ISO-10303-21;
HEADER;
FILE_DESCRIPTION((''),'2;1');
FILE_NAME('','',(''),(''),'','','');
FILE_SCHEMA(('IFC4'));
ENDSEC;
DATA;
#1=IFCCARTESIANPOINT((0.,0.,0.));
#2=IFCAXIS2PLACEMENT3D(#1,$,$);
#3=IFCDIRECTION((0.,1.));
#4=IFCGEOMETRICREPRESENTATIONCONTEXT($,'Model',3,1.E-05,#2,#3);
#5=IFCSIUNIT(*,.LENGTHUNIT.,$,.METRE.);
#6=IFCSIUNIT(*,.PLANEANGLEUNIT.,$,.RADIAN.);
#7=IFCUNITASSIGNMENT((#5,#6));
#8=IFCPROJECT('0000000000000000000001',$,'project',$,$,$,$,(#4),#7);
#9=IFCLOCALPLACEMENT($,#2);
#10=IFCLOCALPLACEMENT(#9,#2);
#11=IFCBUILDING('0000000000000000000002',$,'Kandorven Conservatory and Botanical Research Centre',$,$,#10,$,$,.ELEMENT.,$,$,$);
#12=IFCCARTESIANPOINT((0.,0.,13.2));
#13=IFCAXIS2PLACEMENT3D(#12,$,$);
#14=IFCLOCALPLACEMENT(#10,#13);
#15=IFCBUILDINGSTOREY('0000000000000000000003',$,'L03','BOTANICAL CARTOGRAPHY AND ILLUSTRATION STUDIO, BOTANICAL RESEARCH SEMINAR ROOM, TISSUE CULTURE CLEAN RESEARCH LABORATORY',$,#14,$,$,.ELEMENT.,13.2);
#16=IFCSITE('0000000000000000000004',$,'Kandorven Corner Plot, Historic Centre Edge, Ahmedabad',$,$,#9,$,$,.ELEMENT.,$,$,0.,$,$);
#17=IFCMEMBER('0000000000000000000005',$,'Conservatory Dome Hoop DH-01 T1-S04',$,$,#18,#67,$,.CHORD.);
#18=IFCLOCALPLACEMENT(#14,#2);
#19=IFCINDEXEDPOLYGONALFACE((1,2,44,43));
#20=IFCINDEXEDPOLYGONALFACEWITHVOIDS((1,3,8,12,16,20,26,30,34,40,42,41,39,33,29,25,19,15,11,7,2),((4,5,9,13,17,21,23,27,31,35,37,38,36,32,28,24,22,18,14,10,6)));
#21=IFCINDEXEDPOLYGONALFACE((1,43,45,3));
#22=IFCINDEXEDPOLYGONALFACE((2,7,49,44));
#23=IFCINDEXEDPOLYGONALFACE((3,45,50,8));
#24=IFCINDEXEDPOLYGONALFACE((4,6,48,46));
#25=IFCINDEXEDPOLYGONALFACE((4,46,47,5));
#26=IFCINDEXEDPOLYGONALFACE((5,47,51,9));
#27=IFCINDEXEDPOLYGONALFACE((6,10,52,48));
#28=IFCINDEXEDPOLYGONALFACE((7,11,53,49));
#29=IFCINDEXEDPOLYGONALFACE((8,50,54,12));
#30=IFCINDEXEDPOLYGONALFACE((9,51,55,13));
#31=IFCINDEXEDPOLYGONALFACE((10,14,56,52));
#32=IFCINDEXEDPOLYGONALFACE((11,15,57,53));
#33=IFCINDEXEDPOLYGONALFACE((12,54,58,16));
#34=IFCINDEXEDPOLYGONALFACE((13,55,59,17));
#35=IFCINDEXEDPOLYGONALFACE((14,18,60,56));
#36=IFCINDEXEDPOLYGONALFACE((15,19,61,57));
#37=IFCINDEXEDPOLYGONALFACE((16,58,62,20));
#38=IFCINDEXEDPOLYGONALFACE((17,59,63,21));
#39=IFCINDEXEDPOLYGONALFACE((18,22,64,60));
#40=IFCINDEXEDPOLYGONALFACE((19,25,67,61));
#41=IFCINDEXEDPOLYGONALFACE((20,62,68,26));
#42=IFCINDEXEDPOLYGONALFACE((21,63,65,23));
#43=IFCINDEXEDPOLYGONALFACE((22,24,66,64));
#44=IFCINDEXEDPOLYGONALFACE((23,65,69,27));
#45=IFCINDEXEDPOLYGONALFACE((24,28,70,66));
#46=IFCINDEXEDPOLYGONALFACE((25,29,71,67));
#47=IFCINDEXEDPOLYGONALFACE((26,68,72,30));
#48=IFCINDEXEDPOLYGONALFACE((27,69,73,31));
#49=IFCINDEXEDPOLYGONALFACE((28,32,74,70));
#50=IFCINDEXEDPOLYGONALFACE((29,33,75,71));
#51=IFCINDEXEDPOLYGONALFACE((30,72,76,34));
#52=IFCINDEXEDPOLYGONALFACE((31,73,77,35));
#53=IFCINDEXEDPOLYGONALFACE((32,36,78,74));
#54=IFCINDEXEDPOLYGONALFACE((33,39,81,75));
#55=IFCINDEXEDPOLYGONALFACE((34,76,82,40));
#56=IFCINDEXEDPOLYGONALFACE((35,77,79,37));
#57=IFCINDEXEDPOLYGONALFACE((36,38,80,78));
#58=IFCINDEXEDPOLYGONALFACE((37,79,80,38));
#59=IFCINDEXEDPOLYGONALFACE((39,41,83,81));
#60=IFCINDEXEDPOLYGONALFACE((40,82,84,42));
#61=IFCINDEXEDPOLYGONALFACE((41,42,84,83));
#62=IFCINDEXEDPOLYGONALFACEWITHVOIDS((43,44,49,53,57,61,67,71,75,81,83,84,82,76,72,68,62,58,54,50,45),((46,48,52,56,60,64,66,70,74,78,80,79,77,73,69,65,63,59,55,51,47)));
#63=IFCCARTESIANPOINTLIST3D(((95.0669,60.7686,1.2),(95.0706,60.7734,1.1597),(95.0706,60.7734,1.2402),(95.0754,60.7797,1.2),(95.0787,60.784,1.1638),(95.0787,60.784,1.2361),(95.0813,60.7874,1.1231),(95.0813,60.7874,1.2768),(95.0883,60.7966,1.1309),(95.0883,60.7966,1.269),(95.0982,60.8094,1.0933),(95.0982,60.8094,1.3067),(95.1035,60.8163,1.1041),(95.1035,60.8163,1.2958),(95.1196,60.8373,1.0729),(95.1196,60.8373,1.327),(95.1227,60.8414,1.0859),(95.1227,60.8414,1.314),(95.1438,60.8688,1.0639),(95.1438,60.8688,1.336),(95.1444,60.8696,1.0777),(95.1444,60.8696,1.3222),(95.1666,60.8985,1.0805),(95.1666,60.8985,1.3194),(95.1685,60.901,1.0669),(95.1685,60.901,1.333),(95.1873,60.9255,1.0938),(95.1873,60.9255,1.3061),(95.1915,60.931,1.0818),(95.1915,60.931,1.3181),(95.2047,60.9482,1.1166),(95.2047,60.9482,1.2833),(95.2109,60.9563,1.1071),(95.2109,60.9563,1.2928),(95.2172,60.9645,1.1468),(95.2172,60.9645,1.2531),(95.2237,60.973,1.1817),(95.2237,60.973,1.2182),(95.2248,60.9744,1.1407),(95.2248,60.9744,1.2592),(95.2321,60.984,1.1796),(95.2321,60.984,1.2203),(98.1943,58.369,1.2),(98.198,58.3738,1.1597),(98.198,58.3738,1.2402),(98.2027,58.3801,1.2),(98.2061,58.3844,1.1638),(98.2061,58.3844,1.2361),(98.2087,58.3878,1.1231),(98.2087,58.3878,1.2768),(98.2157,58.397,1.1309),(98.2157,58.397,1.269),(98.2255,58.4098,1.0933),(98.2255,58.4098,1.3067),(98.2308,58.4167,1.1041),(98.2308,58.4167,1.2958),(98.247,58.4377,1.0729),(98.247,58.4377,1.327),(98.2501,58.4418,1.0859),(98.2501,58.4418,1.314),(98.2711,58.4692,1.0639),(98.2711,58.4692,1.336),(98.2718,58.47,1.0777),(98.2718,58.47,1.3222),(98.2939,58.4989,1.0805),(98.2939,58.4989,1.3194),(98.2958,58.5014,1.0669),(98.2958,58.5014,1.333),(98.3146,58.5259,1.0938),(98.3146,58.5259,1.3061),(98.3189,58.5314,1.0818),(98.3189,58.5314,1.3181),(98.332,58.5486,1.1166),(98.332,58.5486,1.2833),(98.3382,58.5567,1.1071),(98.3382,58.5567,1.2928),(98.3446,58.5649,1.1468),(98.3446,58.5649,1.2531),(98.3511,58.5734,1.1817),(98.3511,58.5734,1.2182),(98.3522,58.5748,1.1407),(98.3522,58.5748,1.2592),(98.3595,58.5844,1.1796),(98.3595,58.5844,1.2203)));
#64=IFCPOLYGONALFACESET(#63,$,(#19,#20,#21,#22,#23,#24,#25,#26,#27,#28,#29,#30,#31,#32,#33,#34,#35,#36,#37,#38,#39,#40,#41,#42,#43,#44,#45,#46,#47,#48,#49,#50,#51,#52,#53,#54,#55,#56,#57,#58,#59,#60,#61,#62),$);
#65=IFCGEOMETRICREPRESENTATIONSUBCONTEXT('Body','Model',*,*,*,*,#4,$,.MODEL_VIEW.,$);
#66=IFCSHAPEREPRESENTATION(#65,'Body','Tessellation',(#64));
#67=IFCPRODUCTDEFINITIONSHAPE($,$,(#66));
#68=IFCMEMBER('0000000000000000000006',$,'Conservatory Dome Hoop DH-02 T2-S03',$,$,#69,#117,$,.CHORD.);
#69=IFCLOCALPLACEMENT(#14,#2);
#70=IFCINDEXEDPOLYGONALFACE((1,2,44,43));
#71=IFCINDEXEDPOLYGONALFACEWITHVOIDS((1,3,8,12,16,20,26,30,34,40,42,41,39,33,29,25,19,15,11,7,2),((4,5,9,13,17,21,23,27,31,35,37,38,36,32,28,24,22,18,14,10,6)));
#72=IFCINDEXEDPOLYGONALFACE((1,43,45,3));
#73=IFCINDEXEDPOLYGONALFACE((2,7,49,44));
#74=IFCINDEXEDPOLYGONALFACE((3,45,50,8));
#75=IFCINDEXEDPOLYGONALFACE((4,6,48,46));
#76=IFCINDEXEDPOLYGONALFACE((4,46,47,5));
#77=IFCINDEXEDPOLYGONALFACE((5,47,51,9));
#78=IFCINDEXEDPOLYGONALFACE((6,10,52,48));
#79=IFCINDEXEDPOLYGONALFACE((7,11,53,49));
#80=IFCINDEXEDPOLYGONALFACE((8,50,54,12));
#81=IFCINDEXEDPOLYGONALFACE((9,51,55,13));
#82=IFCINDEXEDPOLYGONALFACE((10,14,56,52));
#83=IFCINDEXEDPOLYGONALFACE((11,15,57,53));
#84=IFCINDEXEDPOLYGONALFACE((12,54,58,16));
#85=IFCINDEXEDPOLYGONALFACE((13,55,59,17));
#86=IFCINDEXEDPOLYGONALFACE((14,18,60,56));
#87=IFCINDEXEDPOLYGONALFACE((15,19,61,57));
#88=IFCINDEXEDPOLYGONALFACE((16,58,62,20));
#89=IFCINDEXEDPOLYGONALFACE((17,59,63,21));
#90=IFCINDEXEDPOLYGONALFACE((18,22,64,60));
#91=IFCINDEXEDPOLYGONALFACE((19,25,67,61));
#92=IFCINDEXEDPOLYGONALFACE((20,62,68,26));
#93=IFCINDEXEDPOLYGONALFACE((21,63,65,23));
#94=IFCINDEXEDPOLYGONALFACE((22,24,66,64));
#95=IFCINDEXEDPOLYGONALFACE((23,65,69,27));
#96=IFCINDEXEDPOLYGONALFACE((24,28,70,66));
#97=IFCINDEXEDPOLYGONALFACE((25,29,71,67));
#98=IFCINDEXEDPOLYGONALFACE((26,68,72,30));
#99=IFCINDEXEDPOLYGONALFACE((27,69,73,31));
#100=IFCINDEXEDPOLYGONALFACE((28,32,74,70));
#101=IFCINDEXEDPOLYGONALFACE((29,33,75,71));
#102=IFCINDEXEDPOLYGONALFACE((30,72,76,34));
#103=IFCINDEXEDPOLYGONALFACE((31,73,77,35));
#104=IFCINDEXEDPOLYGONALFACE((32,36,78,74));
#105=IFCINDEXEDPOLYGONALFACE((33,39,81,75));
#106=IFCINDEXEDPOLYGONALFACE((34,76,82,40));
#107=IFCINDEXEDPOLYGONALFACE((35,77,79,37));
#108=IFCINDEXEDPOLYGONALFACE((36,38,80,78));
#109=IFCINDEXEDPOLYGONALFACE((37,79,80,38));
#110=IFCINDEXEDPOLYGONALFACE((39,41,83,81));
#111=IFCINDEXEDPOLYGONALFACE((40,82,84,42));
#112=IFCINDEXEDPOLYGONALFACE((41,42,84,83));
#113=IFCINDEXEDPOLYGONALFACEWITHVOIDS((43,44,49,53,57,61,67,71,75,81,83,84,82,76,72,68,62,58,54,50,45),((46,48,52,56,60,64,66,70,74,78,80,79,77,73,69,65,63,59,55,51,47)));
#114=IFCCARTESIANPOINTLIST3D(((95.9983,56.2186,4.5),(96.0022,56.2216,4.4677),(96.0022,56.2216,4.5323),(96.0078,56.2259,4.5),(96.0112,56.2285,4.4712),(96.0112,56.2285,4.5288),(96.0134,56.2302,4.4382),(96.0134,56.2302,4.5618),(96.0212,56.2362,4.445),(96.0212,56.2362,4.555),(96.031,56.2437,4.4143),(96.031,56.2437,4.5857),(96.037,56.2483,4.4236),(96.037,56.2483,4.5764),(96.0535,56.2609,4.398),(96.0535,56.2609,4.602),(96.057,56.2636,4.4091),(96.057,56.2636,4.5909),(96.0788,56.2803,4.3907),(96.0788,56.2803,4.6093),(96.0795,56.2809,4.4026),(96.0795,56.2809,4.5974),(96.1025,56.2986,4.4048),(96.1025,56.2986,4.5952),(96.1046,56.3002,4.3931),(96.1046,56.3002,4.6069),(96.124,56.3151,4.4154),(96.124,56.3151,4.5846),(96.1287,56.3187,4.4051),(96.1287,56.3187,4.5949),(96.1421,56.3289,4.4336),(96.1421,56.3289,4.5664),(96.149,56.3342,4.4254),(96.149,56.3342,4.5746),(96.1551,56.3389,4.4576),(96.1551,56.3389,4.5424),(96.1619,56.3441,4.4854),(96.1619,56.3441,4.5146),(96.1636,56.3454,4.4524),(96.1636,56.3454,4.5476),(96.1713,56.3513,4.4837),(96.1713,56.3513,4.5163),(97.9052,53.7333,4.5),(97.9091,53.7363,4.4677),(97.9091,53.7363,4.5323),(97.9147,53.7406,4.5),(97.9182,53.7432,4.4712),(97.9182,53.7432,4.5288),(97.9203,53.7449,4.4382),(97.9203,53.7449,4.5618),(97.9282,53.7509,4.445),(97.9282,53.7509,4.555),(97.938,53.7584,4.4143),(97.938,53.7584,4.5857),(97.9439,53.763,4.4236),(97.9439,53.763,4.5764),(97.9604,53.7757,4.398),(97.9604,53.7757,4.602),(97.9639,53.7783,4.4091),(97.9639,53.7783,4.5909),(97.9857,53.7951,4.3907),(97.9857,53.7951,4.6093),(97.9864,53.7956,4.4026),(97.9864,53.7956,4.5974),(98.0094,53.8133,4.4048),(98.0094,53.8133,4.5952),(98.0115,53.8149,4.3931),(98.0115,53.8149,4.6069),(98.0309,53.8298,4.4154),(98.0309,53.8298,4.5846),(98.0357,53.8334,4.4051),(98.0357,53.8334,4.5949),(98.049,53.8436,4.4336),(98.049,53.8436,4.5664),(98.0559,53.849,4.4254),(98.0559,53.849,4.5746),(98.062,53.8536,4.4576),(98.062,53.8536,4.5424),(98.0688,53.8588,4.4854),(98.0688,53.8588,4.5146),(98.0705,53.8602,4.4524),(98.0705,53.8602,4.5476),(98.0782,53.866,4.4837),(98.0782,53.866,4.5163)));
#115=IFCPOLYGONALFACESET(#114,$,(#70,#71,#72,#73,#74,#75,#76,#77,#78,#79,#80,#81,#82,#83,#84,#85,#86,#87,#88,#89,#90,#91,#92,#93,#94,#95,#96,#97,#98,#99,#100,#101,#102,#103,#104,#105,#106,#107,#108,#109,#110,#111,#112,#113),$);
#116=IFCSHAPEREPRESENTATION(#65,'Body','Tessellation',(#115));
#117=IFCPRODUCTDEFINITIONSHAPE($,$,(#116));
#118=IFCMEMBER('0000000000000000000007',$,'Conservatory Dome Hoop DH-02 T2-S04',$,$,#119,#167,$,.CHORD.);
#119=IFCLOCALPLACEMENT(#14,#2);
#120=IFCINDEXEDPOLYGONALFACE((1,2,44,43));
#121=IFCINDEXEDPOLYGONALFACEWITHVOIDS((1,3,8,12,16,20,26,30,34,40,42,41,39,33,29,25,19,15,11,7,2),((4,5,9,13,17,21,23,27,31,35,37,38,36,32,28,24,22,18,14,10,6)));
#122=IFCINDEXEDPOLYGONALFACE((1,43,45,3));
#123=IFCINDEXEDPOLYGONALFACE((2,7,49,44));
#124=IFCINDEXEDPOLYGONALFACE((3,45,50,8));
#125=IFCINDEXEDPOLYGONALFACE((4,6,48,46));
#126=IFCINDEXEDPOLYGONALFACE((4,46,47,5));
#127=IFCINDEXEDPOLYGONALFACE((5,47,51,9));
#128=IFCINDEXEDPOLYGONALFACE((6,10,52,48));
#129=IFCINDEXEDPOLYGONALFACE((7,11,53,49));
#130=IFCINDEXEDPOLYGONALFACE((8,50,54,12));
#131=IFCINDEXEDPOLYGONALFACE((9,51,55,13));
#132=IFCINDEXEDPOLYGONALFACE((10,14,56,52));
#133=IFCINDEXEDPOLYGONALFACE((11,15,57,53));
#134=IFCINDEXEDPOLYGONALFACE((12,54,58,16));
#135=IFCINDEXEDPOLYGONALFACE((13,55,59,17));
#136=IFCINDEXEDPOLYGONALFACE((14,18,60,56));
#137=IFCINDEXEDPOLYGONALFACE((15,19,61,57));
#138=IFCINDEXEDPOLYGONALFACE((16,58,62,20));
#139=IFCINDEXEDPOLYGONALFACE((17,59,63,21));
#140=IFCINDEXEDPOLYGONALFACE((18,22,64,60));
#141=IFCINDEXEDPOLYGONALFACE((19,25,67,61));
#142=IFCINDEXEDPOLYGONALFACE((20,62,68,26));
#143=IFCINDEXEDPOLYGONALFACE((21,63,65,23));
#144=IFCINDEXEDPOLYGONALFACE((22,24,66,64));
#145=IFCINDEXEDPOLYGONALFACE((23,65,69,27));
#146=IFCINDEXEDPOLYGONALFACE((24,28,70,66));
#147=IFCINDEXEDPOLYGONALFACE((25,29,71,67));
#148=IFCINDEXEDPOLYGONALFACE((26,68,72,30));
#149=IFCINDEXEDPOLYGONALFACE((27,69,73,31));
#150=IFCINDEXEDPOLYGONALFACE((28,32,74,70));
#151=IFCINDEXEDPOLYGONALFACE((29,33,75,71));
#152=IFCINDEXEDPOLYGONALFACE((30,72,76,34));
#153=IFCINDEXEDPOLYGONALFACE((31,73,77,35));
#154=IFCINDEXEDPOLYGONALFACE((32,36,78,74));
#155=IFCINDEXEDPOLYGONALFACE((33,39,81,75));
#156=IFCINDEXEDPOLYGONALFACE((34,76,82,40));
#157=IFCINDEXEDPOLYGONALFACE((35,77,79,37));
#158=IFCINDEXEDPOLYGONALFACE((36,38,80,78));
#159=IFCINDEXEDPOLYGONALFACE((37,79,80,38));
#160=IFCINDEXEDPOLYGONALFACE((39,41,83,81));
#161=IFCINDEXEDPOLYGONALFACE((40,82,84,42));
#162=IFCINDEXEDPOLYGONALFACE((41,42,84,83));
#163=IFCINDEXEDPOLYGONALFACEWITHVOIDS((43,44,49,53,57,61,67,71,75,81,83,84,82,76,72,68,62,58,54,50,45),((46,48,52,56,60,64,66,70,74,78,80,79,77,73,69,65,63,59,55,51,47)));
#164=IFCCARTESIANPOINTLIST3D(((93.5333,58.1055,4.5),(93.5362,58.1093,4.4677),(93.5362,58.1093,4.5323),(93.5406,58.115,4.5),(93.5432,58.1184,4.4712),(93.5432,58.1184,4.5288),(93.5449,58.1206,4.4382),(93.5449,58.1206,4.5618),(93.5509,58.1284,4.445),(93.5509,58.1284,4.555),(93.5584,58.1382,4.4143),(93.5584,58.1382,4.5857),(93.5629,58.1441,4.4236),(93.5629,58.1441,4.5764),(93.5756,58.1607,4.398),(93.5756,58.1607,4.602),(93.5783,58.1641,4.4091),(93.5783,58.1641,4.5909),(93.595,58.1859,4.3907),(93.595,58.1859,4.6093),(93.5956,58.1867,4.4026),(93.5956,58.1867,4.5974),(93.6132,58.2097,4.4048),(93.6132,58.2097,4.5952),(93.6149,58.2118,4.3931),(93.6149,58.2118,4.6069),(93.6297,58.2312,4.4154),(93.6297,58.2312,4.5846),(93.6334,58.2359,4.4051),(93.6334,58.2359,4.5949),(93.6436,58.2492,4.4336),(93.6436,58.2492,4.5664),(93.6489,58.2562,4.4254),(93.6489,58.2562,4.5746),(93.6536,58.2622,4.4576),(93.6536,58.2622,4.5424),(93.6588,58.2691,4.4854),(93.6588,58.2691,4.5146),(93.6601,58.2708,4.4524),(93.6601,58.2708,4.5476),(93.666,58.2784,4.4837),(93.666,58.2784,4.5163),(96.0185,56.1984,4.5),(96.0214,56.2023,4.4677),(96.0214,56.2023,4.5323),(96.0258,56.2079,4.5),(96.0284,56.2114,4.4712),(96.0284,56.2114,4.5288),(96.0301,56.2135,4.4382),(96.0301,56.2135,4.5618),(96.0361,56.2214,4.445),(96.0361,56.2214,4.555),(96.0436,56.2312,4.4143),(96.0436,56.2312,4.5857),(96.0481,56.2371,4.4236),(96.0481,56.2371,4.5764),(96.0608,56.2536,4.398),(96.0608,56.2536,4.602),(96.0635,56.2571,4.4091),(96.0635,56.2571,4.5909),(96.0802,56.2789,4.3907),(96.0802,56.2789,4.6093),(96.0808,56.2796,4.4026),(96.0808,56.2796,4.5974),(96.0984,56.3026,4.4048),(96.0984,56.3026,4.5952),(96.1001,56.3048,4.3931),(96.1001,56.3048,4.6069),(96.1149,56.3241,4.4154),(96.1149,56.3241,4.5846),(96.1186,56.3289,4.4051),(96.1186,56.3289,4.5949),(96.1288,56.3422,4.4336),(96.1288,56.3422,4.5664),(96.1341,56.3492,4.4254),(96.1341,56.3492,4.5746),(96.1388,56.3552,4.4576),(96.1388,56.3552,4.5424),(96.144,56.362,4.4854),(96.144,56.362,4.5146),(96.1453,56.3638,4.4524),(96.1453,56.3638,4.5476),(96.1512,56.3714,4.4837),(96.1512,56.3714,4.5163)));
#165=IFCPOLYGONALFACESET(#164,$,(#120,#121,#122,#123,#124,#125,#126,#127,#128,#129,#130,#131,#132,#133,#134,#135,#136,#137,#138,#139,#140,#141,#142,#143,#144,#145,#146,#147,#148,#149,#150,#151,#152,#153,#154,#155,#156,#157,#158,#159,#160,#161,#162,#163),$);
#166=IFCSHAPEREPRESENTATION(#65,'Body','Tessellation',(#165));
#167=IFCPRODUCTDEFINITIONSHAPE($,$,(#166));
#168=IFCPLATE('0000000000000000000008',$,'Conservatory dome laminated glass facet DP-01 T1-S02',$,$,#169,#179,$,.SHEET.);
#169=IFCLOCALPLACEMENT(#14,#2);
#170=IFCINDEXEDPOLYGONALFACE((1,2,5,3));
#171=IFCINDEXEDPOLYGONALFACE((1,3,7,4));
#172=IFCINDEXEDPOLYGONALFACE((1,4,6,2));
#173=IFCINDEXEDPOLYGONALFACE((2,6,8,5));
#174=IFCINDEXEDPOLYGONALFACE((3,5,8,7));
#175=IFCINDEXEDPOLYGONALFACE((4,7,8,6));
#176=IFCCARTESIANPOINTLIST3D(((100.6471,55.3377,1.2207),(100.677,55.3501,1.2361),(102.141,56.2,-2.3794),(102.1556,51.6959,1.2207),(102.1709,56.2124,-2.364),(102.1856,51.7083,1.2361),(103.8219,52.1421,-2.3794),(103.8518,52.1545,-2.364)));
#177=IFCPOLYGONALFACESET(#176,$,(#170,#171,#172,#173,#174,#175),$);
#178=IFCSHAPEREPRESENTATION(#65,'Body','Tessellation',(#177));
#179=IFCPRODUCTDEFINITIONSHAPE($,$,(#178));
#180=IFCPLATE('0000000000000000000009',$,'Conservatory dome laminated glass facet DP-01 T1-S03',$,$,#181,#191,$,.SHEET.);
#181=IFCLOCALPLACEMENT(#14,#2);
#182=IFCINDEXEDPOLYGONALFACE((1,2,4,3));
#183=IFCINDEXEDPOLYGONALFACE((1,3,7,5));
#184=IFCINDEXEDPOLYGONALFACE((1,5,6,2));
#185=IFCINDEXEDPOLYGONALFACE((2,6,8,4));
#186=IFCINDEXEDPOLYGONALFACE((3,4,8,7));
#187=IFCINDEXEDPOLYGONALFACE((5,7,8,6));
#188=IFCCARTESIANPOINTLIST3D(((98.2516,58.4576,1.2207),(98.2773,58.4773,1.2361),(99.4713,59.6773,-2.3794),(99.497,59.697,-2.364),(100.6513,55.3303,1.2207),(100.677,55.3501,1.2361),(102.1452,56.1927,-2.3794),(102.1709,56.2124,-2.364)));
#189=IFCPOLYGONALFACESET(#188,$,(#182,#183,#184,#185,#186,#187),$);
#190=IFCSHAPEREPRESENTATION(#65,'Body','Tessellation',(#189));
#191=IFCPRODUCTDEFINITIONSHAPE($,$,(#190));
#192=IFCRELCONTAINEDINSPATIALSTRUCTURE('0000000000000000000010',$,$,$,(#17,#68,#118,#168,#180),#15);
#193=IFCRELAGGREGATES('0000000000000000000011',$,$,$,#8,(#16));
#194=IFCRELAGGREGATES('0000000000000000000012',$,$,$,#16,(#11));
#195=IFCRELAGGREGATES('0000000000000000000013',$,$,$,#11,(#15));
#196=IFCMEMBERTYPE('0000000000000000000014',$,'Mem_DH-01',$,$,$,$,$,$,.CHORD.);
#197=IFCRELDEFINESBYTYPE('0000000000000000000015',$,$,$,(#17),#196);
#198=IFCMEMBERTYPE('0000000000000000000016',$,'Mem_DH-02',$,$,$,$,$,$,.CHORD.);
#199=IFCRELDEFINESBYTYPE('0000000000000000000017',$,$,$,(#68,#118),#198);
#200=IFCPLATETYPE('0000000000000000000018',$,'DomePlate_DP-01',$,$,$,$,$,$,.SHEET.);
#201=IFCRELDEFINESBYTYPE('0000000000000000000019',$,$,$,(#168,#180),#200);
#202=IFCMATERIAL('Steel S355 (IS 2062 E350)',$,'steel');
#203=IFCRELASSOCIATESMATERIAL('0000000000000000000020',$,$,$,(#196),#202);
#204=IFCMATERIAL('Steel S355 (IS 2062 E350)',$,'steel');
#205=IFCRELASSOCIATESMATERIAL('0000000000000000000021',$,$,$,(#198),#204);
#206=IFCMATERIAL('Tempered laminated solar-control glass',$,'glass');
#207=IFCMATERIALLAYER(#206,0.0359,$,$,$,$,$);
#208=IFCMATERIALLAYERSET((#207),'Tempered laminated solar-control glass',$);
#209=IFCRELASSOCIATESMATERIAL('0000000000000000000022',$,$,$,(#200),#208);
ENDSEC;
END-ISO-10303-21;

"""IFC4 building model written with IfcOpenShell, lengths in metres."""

from ifc_helpers import new_model, si_unit, direction, frame, origin, origin_2d, place, context, subcontext, project, spatial, polyline, hollow_circle, outline, extrude, material, layer, layer_set, material_profile, profile_set, type_object, element, save


model = new_model("IFC4")

# Units and contexts
model_context = context("Model", 3, precision=1e-05, world=origin(), true_north=direction((0.0, 1.0)))
body_context = subcontext(model_context, "Body", "Model", "MODEL_VIEW")
ifc_project = project(units=[si_unit("LENGTHUNIT", "METRE"), si_unit("PLANEANGLEUNIT", "RADIAN")], contexts=[model_context])

# Site, building, storey
site_placement = place(None, origin())
site = spatial("IfcSite", under=ifc_project, at=site_placement, Name="Kandorven Corner Plot, Historic Centre Edge, Ahmedabad", CompositionType="ELEMENT", RefElevation=0.0)
building_placement = place(site_placement, origin())
building = spatial("IfcBuilding", under=site, at=building_placement, Name="Kandorven Conservatory and Botanical Research Centre", CompositionType="ELEMENT")
storey_placement = place(building_placement, frame((0.0, 0.0, 13.2)))
storey = spatial("IfcBuildingStorey", under=building, at=storey_placement, Name="L03", Description="BOTANICAL CARTOGRAPHY AND ILLUSTRATION STUDIO, BOTANICAL RESEARCH SEMINAR ROOM, TISSUE CULTURE CLEAN RESEARCH LABORATORY", CompositionType="ELEMENT", Elevation=13.2)

# Members
ifc_material_1 = material(Name="Steel S355 (IS 2062 E350)", Category="steel")
ifc_material_profile_1 = material_profile(ifc_material_1, hollow_circle(Radius=0.1365, WallThickness=0.0139, at=origin_2d()))
ifc_profile_set_1 = profile_set([ifc_material_profile_1], Name="Steel S355 (IS 2062 E350)")
member_type_1 = type_object("IfcMemberType", Name="Mem_DH-01", PredefinedType="CHORD", material=ifc_profile_set_1)
for number, where, z_axis, x_axis, name in (
    (1, (98.2773, 58.4773, 1.2), (-0.793367, 0.608744, 0.0), (-0.608744, -0.793367, 0.0), "Conservatory Dome Hoop DH-01 T1-S04"),
):
    element("IfcMember", number, at=place(storey_placement, frame(where, z_axis=z_axis, x_axis=x_axis)), inside=storey, type_object=member_type_1, Name=name, PredefinedType="CHORD", context=body_context, shape_type="SweptSolid", body=[
        extrude(hollow_circle(Radius=0.1365, WallThickness=0.0139, at=origin_2d()), origin(), (0.0, 0.0, 1.0), 3.9419),
    ])
ifc_material_2 = material(Name="Steel S355 (IS 2062 E350)", Category="steel")
ifc_material_profile_2 = material_profile(ifc_material_2, hollow_circle(Radius=0.1096, WallThickness=0.012, at=origin_2d()))
ifc_profile_set_2 = profile_set([ifc_material_profile_2], Name="Steel S355 (IS 2062 E350)")
member_type_2 = type_object("IfcMemberType", Name="Mem_DH-02", PredefinedType="CHORD", material=ifc_profile_set_2)
for number, where, z_axis, x_axis, name in (
    (2, (97.9922, 53.8, 4.5), (-0.608742, 0.793368, 0.0), (-0.793368, -0.608742, 0.0), "Conservatory Dome Hoop DH-02 T2-S03"),
    (3, (96.0852, 56.2854, 4.5), (-0.793339, 0.60878, 0.0), (-0.60878, -0.793339, 0.0), "Conservatory Dome Hoop DH-02 T2-S04"),
):
    element("IfcMember", number, at=place(storey_placement, frame(where, z_axis=z_axis, x_axis=x_axis)), inside=storey, type_object=member_type_2, Name=name, PredefinedType="CHORD", context=body_context, shape_type="SweptSolid", body=[
        extrude(hollow_circle(Radius=0.1096, WallThickness=0.012, at=origin_2d()), origin(), (0.0, 0.0, 1.0), 3.1326),
    ])

# Plates
ifc_material_3 = material(Name="Tempered laminated solar-control glass", Category="glass")
ifc_layer_1 = layer(ifc_material_3, 0.0359)
ifc_layer_set_1 = layer_set([ifc_layer_1], Name="Tempered laminated solar-control glass")
plate_type_1 = type_object("IfcPlateType", Name="DomePlate_DP-01", PredefinedType="SHEET", material=ifc_layer_set_1)
plate_1_placement = place(storey_placement, frame((103.8518, 52.1545, -2.364), z_axis=(0.834502, 0.345676, 0.429086), x_axis=(-0.382697, 0.923874, 0.000002)))
element("IfcPlate", 4, at=plate_1_placement, inside=storey, type_object=plate_type_1, Name="Conservatory dome laminated glass facet DP-01 T1-S02", PredefinedType="SHEET", context=body_context, shape_type="SweptSolid", body=[
    extrude(outline(polyline([(0.0, 0.0), (4.3922, 0.0), (4.1673, 3.9856), (0.2254, 3.9857), (0.0, 0.0)])), origin(), (0.0, 0.0, -1.0), 0.0359),
])
plate_2_placement = place(storey_placement, frame((102.1709, 56.2124, -2.364), z_axis=(0.716606, 0.549878, 0.42908), x_axis=(-0.608765, 0.793351, -0.000003)))
element("IfcPlate", 5, at=plate_2_placement, inside=storey, type_object=plate_type_1, Name="Conservatory dome laminated glass facet DP-01 T1-S03", PredefinedType="SHEET", context=body_context, shape_type="SweptSolid", body=[
    extrude(outline(polyline([(0.0, 0.0), (4.3923, 0.0), (4.1671, 3.9857), (0.2253, 3.9856), (0.0, 0.0)])), origin(), (0.0, 0.0, -1.0), 0.0359),
])

save(model, "model.ifc")
